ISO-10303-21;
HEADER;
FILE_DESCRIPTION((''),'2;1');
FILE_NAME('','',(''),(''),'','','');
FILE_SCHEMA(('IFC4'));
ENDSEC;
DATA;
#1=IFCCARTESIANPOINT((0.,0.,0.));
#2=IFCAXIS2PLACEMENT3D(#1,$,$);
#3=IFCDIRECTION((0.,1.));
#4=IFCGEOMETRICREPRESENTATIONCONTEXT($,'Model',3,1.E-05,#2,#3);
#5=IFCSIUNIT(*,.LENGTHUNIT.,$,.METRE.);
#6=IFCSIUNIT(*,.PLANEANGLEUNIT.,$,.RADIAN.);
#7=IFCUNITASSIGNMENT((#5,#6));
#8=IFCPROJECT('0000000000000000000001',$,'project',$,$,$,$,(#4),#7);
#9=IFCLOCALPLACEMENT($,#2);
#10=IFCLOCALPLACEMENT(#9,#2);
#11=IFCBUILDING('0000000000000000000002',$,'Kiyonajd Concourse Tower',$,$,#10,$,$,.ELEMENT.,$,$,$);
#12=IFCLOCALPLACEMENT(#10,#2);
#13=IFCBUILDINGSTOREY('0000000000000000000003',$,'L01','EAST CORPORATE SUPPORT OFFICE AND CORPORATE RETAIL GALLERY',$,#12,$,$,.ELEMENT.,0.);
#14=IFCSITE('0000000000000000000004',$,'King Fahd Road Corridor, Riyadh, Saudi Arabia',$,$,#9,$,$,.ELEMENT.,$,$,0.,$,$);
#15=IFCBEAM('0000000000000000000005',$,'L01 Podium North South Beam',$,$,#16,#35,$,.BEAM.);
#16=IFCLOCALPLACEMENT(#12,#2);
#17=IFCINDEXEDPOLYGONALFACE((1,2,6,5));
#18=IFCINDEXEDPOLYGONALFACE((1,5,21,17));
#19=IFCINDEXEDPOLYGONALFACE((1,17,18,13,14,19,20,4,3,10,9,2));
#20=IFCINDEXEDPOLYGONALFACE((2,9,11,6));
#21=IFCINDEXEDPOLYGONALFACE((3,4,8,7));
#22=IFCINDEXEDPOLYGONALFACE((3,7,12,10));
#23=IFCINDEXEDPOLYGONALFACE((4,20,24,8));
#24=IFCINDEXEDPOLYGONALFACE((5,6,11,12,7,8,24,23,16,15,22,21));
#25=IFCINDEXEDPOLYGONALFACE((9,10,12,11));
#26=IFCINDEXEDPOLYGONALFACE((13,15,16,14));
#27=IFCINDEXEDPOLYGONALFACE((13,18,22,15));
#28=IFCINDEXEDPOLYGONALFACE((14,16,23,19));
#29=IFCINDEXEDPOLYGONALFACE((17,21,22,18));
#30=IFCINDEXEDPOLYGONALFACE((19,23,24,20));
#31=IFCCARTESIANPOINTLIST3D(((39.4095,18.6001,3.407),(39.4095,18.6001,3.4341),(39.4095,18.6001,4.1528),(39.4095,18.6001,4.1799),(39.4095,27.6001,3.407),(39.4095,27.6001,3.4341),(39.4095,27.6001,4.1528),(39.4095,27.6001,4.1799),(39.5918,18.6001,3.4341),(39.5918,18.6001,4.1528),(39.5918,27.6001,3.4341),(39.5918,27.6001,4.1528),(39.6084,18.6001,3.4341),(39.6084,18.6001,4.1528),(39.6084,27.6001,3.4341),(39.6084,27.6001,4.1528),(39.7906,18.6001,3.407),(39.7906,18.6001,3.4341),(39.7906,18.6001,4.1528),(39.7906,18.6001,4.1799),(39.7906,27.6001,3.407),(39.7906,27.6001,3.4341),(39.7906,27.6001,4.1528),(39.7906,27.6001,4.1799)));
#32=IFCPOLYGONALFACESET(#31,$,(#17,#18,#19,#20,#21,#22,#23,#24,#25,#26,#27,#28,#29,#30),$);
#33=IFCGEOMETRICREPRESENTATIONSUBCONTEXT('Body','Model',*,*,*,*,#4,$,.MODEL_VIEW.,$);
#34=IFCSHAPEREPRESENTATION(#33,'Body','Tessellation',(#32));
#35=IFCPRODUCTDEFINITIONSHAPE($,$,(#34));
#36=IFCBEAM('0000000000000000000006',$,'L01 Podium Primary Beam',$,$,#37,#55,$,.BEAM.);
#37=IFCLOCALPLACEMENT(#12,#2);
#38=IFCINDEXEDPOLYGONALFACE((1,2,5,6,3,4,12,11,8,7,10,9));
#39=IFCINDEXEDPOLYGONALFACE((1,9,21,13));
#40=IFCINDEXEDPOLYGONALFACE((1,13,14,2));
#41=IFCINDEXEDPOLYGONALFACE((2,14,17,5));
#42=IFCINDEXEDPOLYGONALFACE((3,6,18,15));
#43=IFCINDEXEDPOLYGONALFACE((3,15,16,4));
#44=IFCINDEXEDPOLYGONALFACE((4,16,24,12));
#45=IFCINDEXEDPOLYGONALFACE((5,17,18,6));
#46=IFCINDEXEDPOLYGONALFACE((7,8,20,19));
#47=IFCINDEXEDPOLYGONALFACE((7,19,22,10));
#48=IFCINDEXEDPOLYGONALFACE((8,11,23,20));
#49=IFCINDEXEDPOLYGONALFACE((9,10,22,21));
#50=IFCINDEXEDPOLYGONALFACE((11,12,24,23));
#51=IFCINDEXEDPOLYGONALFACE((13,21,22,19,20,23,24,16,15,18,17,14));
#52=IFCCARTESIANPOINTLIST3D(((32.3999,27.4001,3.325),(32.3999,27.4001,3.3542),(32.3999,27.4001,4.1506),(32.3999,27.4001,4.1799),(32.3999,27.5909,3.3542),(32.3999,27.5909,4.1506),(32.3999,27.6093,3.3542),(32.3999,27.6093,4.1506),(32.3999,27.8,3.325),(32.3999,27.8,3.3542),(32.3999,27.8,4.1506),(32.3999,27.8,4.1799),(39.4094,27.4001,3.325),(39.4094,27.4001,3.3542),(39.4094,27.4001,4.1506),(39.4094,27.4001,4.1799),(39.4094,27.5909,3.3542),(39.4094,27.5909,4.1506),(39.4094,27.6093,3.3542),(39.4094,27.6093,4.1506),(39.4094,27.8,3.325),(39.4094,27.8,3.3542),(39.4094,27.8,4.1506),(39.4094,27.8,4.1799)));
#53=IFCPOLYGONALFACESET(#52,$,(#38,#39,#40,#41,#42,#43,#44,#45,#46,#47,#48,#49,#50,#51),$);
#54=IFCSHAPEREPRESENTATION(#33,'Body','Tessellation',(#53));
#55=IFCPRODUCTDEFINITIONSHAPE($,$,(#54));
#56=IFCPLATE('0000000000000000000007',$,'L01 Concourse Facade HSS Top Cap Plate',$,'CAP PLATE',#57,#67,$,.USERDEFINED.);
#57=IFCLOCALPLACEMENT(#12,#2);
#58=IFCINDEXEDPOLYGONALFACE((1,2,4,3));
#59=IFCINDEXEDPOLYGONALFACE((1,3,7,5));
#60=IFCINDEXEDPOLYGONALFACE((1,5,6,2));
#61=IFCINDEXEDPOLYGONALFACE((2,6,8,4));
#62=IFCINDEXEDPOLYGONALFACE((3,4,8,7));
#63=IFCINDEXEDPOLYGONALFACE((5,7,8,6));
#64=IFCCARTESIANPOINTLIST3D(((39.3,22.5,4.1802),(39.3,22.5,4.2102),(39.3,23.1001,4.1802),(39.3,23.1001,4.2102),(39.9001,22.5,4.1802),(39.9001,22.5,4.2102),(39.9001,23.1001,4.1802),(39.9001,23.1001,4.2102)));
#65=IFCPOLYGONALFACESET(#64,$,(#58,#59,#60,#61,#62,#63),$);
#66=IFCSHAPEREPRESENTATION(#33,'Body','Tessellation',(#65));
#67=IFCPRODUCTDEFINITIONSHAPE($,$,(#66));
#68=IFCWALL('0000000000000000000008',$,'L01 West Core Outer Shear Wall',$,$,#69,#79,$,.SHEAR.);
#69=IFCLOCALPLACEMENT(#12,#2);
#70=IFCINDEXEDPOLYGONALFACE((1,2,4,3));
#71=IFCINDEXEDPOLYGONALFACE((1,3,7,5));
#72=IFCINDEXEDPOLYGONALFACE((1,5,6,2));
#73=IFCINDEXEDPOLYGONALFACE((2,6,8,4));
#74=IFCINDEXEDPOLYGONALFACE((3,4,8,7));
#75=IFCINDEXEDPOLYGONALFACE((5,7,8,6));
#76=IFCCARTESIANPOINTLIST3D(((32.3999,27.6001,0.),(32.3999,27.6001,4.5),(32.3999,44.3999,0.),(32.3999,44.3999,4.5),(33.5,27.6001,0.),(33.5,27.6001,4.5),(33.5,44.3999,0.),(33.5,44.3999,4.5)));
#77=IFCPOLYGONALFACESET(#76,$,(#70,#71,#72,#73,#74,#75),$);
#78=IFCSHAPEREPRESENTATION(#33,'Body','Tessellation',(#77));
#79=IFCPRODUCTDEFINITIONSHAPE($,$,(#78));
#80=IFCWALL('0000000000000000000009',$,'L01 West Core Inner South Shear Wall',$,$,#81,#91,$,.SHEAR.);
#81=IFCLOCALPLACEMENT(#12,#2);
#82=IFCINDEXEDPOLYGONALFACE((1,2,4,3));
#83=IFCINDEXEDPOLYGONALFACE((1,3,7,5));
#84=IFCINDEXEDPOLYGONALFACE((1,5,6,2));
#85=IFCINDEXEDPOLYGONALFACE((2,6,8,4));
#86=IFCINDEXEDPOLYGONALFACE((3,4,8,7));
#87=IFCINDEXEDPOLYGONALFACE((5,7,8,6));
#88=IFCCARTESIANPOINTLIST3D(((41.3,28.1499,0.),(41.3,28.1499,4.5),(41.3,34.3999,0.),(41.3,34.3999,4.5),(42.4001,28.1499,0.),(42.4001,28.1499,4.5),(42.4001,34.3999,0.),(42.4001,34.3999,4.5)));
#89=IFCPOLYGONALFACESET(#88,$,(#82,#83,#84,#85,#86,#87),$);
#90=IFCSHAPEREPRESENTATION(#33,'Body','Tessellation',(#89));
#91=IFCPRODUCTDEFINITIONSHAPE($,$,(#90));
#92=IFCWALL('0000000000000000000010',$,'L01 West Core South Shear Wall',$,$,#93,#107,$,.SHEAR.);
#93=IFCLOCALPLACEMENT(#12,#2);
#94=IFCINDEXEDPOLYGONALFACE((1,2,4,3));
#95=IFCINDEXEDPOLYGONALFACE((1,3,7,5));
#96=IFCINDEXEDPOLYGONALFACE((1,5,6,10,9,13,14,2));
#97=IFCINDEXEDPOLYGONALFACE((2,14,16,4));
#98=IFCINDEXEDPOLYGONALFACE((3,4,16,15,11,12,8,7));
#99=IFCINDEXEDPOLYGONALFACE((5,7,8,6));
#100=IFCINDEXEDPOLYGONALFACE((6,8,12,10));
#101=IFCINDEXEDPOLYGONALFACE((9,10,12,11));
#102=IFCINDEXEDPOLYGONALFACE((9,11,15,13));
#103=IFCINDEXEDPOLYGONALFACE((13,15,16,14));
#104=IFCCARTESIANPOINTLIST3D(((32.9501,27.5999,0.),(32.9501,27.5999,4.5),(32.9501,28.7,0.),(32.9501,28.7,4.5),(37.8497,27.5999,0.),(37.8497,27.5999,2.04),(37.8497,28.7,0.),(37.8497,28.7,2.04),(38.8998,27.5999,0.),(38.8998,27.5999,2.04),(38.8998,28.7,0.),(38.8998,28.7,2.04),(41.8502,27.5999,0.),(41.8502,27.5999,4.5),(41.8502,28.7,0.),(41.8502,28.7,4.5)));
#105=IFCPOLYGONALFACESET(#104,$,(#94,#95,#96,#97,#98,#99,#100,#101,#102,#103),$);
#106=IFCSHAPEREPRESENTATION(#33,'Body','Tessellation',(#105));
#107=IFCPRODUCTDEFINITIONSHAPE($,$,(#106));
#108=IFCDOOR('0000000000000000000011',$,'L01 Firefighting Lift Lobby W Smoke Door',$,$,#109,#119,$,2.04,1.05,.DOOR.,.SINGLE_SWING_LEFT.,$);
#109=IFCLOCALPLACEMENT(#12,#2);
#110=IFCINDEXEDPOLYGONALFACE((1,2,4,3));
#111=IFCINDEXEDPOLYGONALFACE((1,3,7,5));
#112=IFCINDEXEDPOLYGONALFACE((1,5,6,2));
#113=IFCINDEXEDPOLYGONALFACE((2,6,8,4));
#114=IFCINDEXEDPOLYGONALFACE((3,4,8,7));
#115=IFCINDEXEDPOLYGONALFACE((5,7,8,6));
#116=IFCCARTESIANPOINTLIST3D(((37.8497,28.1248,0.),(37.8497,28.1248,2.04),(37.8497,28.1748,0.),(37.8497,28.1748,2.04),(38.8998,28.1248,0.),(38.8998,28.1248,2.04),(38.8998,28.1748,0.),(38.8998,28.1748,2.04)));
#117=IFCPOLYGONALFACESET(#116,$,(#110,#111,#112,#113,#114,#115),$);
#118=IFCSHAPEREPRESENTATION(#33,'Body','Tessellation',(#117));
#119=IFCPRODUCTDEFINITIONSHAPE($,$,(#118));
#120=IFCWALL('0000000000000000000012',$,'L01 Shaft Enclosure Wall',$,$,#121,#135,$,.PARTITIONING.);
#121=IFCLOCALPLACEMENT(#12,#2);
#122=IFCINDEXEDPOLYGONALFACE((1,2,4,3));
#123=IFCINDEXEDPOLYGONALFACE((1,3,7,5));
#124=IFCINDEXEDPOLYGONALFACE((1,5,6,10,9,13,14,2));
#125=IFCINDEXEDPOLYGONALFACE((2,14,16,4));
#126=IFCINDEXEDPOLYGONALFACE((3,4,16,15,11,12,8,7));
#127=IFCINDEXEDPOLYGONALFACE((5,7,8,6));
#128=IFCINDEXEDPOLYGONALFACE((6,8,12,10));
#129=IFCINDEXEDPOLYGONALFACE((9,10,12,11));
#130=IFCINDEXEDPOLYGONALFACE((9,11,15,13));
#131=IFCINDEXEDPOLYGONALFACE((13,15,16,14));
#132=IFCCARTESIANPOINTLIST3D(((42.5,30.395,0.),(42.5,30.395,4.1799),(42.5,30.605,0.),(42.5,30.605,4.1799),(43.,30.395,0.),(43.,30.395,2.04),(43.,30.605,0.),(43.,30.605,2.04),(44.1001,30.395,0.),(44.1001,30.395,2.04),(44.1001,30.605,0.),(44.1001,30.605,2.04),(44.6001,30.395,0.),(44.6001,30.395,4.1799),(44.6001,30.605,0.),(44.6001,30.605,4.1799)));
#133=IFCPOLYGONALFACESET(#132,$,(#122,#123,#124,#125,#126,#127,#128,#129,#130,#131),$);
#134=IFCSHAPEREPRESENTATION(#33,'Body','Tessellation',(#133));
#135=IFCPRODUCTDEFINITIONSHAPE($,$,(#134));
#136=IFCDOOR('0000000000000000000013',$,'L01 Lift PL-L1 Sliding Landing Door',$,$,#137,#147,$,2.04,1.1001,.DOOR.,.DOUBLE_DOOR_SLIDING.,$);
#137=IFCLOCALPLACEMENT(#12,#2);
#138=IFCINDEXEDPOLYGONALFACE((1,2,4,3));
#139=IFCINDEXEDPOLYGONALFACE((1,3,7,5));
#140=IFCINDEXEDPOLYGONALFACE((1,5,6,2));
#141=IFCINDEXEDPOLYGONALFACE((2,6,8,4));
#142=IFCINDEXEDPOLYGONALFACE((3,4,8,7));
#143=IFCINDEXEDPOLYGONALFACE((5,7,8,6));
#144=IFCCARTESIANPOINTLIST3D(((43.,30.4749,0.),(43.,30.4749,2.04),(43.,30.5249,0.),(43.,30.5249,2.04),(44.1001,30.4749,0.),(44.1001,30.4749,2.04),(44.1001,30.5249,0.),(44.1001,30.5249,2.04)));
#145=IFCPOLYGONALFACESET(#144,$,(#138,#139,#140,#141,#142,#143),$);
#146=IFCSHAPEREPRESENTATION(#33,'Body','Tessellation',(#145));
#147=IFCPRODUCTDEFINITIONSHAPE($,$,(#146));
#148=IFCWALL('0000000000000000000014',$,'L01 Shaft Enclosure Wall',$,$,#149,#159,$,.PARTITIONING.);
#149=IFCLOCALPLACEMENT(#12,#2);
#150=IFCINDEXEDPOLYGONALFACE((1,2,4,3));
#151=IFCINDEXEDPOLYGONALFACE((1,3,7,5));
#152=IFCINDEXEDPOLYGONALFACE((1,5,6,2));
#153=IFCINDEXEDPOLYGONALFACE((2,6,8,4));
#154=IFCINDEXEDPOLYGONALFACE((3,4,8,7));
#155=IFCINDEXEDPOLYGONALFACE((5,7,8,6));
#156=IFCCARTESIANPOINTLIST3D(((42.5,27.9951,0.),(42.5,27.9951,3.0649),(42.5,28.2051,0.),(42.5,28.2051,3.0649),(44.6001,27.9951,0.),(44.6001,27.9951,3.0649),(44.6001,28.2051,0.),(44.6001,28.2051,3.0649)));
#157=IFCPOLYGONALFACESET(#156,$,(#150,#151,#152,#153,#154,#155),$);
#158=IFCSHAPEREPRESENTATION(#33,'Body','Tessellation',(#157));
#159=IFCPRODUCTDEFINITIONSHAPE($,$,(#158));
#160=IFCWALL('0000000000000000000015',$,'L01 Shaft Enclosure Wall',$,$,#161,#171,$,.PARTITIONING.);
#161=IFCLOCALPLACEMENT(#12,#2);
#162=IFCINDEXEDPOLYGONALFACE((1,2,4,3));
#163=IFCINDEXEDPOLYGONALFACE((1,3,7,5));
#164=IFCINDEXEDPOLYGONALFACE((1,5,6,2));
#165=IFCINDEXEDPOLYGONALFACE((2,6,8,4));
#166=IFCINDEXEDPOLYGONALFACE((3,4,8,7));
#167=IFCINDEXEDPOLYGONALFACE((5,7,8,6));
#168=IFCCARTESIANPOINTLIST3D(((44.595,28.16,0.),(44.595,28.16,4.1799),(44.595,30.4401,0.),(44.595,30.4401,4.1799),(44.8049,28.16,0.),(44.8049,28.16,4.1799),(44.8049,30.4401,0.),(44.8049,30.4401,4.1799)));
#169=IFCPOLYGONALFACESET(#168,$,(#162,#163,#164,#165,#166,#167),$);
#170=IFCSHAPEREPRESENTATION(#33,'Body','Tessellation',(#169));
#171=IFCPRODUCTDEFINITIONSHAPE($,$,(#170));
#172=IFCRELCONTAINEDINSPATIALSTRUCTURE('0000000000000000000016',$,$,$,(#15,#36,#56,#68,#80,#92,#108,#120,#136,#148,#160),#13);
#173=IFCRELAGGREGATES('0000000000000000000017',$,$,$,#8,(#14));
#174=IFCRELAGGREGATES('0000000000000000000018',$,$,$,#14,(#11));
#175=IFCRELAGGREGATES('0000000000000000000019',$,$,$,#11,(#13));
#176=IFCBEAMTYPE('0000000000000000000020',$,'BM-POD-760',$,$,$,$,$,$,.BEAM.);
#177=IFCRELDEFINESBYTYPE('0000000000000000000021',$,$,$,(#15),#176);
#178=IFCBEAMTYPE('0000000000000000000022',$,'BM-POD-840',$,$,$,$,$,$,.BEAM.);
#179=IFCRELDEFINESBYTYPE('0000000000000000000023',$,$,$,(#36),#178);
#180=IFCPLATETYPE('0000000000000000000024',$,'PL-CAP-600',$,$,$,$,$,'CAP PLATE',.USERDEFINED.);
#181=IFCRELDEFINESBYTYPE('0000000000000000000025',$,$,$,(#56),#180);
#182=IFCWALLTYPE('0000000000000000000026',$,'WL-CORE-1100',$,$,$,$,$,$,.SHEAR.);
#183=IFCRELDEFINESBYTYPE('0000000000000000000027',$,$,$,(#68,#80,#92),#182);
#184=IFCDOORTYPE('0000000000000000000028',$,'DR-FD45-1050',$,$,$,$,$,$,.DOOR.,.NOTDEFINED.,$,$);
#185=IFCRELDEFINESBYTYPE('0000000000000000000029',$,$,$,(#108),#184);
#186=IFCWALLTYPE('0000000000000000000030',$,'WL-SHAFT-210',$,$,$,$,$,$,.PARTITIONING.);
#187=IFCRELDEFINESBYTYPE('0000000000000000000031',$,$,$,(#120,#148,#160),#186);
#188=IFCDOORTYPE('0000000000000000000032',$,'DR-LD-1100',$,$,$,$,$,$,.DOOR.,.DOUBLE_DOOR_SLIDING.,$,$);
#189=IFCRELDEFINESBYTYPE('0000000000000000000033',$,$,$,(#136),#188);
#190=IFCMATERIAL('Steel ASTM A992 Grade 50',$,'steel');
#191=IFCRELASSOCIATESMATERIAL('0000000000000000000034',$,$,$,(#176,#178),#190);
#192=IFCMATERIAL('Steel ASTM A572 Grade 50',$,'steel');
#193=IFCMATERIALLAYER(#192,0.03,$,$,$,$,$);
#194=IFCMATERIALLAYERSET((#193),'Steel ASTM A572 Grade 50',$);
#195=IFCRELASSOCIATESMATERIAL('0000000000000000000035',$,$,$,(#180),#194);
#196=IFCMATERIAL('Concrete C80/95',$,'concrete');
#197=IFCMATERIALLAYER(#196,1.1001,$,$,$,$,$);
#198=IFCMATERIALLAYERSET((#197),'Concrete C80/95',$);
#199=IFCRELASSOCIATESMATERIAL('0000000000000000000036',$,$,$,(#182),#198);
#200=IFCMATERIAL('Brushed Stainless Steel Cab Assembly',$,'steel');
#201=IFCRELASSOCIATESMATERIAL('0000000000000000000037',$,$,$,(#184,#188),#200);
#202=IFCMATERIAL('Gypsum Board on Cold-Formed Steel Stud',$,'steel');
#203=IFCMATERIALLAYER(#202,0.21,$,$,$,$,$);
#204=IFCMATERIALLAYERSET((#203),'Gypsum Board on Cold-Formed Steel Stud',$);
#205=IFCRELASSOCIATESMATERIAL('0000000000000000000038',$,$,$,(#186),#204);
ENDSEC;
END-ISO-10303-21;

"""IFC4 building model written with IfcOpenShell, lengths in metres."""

from ifc_helpers import new_model, si_unit, direction, frame, frame_2d, origin, origin_2d, place, context, subcontext, project, spatial, rectangle, i_section, extrude, material, layer, layer_set, material_profile, profile_set, type_object, element, fill, save


model = new_model("IFC4")

# Units and contexts
model_context = context("Model", 3, precision=1e-05, world=origin(), true_north=direction((0.0, 1.0)))
body_context = subcontext(model_context, "Body", "Model", "MODEL_VIEW")
ifc_project = project(units=[si_unit("LENGTHUNIT", "METRE"), si_unit("PLANEANGLEUNIT", "RADIAN")], contexts=[model_context])

# Site, building, storey
site_placement = place(None, origin())
site = spatial("IfcSite", under=ifc_project, at=site_placement, Name="King Fahd Road Corridor, Riyadh, Saudi Arabia", CompositionType="ELEMENT", RefElevation=0.0)
building_placement = place(site_placement, origin())
building = spatial("IfcBuilding", under=site, at=building_placement, Name="Kiyonajd Concourse Tower", CompositionType="ELEMENT")
storey_placement = place(building_placement, origin())
storey = spatial("IfcBuildingStorey", under=building, at=storey_placement, Name="L01", Description="EAST CORPORATE SUPPORT OFFICE AND CORPORATE RETAIL GALLERY", CompositionType="ELEMENT", Elevation=0.0)

# Shared definitions
ifc_material_1 = material(Name="Concrete C80/95", Category="concrete")
ifc_material_2 = material(Name="Steel ASTM A572 Grade 50", Category="steel")

# Beams
ifc_material_3 = material(Name="Steel ASTM A992 Grade 50", Category="steel")
ifc_material_profile_1 = material_profile(ifc_material_3, i_section(OverallWidth=0.3811, OverallDepth=0.7729, WebThickness=0.0166, FlangeThickness=0.0271, at=origin_2d()), Name="W760X257")
ifc_profile_set_1 = profile_set([ifc_material_profile_1], Name="Steel ASTM A992 Grade 50")
beam_type_1 = type_object("IfcBeamType", Name="BM-POD-760", PredefinedType="BEAM", material=ifc_profile_set_1)
beam_1_placement = place(storey_placement, frame((39.6001, 18.6001, 3.7935), z_axis=(0.0, 1.0, 0.0), x_axis=(-1.0, 0.0, 0.0)))
element("IfcBeam", 1, at=beam_1_placement, inside=storey, type_object=beam_type_1, Name="L01 Podium North South Beam", PredefinedType="BEAM", context=body_context, shape_type="SweptSolid", body=[
    extrude(i_section(OverallWidth=0.3811, OverallDepth=0.7729, WebThickness=0.0166, FlangeThickness=0.0271, at=origin_2d()), origin(), (0.0, 0.0, 1.0), 9.0),
])
ifc_material_profile_2 = material_profile(ifc_material_3, i_section(OverallWidth=0.3999, OverallDepth=0.855, WebThickness=0.0183, FlangeThickness=0.0293, at=origin_2d()), Name="W840X299")
ifc_profile_set_2 = profile_set([ifc_material_profile_2], Name="Steel ASTM A992 Grade 50")
beam_type_2 = type_object("IfcBeamType", Name="BM-POD-840", PredefinedType="BEAM", material=ifc_profile_set_2)
beam_2_placement = place(storey_placement, frame((32.3999, 27.6001, 3.7524), z_axis=(1.0, 0.0, 0.0), x_axis=(0.0, 1.0, 0.0)))
element("IfcBeam", 2, at=beam_2_placement, inside=storey, type_object=beam_type_2, Name="L01 Podium Primary Beam", PredefinedType="BEAM", context=body_context, shape_type="SweptSolid", body=[
    extrude(i_section(OverallWidth=0.3999, OverallDepth=0.855, WebThickness=0.0183, FlangeThickness=0.0293, at=origin_2d()), origin(), (0.0, 0.0, 1.0), 7.0095),
])

# Plate
ifc_layer_1 = layer(ifc_material_2, 0.03)
ifc_layer_set_1 = layer_set([ifc_layer_1], Name="Steel ASTM A572 Grade 50")
plate_type = type_object("IfcPlateType", Name="PL-CAP-600", ElementType="CAP PLATE", PredefinedType="USERDEFINED", material=ifc_layer_set_1)
plate_placement = place(storey_placement, frame((39.6001, 22.8, 4.1802), z_axis=(0.0, 0.0, 1.0), x_axis=(1.0, 0.0, 0.0)))
element("IfcPlate", 3, at=plate_placement, inside=storey, type_object=plate_type, Name="L01 Concourse Facade HSS Top Cap Plate", ObjectType="CAP PLATE", PredefinedType="USERDEFINED", context=body_context, shape_type="SweptSolid", body=[
    extrude(rectangle(XDim=0.6001, YDim=0.6001, at=origin_2d()), origin(), (0.0, 0.0, 1.0), 0.03),
])

# Walls
ifc_layer_2 = layer(ifc_material_1, 1.1001)
ifc_layer_set_2 = layer_set([ifc_layer_2], Name="Concrete C80/95")
wall_type_1 = type_object("IfcWallType", Name="WL-CORE-1100", PredefinedType="SHEAR", material=ifc_layer_set_2)
wall_1_placement = place(storey_placement, frame((32.95, 27.6001, 0.0), z_axis=(0.0, 0.0, 1.0), x_axis=(0.0, 1.0, 0.0)))
element("IfcWall", 4, at=wall_1_placement, inside=storey, type_object=wall_type_1, Name="L01 West Core Outer Shear Wall", PredefinedType="SHEAR", context=body_context, shape_type="SweptSolid", body=[
    extrude(rectangle(XDim=16.7998, YDim=1.1001, at=frame_2d((8.3999, 0.0))), origin(), (0.0, 0.0, 1.0), 4.5),
])
wall_2_placement = place(storey_placement, frame((41.8501, 28.1499, 0.0), z_axis=(0.0, 0.0, 1.0), x_axis=(0.0, 1.0, 0.0)))
element("IfcWall", 5, at=wall_2_placement, inside=storey, type_object=wall_type_1, Name="L01 West Core Inner South Shear Wall", PredefinedType="SHEAR", context=body_context, shape_type="SweptSolid", body=[
    extrude(rectangle(XDim=6.25, YDim=1.1001, at=frame_2d((3.125, 0.0))), origin(), (0.0, 0.0, 1.0), 4.5),
])

# Walls, openings, doors
wall_3_placement = place(storey_placement, frame((32.95, 28.1499, 0.0), z_axis=(0.0, 0.0, 1.0), x_axis=(1.0, 0.0, 0.0)))
wall_3 = element("IfcWall", 6, at=wall_3_placement, inside=storey, type_object=wall_type_1, Name="L01 West Core South Shear Wall", PredefinedType="SHEAR", context=body_context, shape_type="SweptSolid", body=[
    extrude(rectangle(XDim=8.9001, YDim=1.1001, at=frame_2d((4.4502, 0.0))), origin(), (0.0, 0.0, 1.0), 4.5),
])
opening_1_placement = place(wall_3_placement, frame((4.8999, 0.0, 0.0)))
opening_1 = element("IfcOpeningElement", 7, at=opening_1_placement, cuts=wall_3, PredefinedType="OPENING", context=body_context, shape_type="SweptSolid", body=[
    extrude(rectangle(XDim=1.05, YDim=2.04, at=frame_2d((0.5249, 1.02))), frame((0.0, 0.5601, 0.0), z_axis=(0.0, -1.0, 0.0), x_axis=(1.0, 0.0, 0.0)), (0.0, 0.0, 1.0), 1.1201),
])
ifc_material_4 = material(Name="Brushed Stainless Steel Cab Assembly", Category="steel")
door_type_1 = type_object("IfcDoorType", Name="DR-FD45-1050", OperationType="NOTDEFINED", PredefinedType="DOOR", material=ifc_material_4)
door_1_placement = place(opening_1_placement, origin())
door_1 = element("IfcDoor", 8, at=door_1_placement, inside=storey, type_object=door_type_1, Name="L01 Firefighting Lift Lobby W Smoke Door", OperationType="SINGLE_SWING_LEFT", OverallHeight=2.04, OverallWidth=1.05, PredefinedType="DOOR", context=body_context, shape_type="SweptSolid", body=[
    extrude(rectangle(XDim=1.05, YDim=2.04, at=frame_2d((0.5249, 1.02))), frame((0.0, 0.0249, 0.0), z_axis=(0.0, -1.0, 0.0), x_axis=(1.0, 0.0, 0.0)), (0.0, 0.0, 1.0), 0.05),
])
fill(opening_1, door_1)
ifc_material_5 = material(Name="Gypsum Board on Cold-Formed Steel Stud", Category="steel")
ifc_layer_3 = layer(ifc_material_5, 0.21)
ifc_layer_set_3 = layer_set([ifc_layer_3], Name="Gypsum Board on Cold-Formed Steel Stud")
wall_type_2 = type_object("IfcWallType", Name="WL-SHAFT-210", PredefinedType="PARTITIONING", material=ifc_layer_set_3)
wall_4_placement = place(storey_placement, frame((42.5, 30.5, 0.0), z_axis=(0.0, 0.0, 1.0), x_axis=(1.0, 0.0, 0.0)))
wall_4 = element("IfcWall", 9, at=wall_4_placement, inside=storey, type_object=wall_type_2, Name="L01 Shaft Enclosure Wall", PredefinedType="PARTITIONING", context=body_context, shape_type="SweptSolid", body=[
    extrude(rectangle(XDim=2.1001, YDim=0.21, at=frame_2d((1.05, 0.0))), origin(), (0.0, 0.0, 1.0), 4.1799),
])
opening_2_placement = place(wall_4_placement, frame((0.5, 0.0, 0.0)))
opening_2 = element("IfcOpeningElement", 10, at=opening_2_placement, cuts=wall_4, PredefinedType="OPENING", context=body_context, shape_type="SweptSolid", body=[
    extrude(rectangle(XDim=1.1001, YDim=2.04, at=frame_2d((0.55, 1.02))), frame((0.0, 0.115, 0.0), z_axis=(0.0, -1.0, 0.0), x_axis=(1.0, 0.0, 0.0)), (0.0, 0.0, 1.0), 0.23),
])
door_type_2 = type_object("IfcDoorType", Name="DR-LD-1100", OperationType="DOUBLE_DOOR_SLIDING", PredefinedType="DOOR", material=ifc_material_4)
door_2_placement = place(opening_2_placement, origin())
door_2 = element("IfcDoor", 11, at=door_2_placement, inside=storey, type_object=door_type_2, Name="L01 Lift PL-L1 Sliding Landing Door", OperationType="DOUBLE_DOOR_SLIDING", OverallHeight=2.04, OverallWidth=1.1001, PredefinedType="DOOR", context=body_context, shape_type="SweptSolid", body=[
    extrude(rectangle(XDim=1.1001, YDim=2.04, at=frame_2d((0.55, 1.02))), frame((0.0, 0.0249, 0.0), z_axis=(0.0, -1.0, 0.0), x_axis=(1.0, 0.0, 0.0)), (0.0, 0.0, 1.0), 0.05),
])
fill(opening_2, door_2)

# Walls
wall_5_placement = place(storey_placement, frame((42.5, 28.1001, 0.0), z_axis=(0.0, 0.0, 1.0), x_axis=(1.0, 0.0, 0.0)))
element("IfcWall", 12, at=wall_5_placement, inside=storey, type_object=wall_type_2, Name="L01 Shaft Enclosure Wall", PredefinedType="PARTITIONING", context=body_context, shape_type="SweptSolid", body=[
    extrude(rectangle(XDim=2.1001, YDim=0.21, at=frame_2d((1.05, 0.0))), origin(), (0.0, 0.0, 1.0), 3.0649),
])
wall_6_placement = place(storey_placement, frame((44.7, 28.1599, 0.0), z_axis=(0.0, 0.0, 1.0), x_axis=(0.0, 1.0, 0.0)))
element("IfcWall", 13, at=wall_6_placement, inside=storey, type_object=wall_type_2, Name="L01 Shaft Enclosure Wall", PredefinedType="PARTITIONING", context=body_context, shape_type="SweptSolid", body=[
    extrude(rectangle(XDim=2.28, YDim=0.21, at=frame_2d((1.1401, 0.0))), origin(), (0.0, 0.0, 1.0), 4.1799),
])

save(model, "model.ifc")
